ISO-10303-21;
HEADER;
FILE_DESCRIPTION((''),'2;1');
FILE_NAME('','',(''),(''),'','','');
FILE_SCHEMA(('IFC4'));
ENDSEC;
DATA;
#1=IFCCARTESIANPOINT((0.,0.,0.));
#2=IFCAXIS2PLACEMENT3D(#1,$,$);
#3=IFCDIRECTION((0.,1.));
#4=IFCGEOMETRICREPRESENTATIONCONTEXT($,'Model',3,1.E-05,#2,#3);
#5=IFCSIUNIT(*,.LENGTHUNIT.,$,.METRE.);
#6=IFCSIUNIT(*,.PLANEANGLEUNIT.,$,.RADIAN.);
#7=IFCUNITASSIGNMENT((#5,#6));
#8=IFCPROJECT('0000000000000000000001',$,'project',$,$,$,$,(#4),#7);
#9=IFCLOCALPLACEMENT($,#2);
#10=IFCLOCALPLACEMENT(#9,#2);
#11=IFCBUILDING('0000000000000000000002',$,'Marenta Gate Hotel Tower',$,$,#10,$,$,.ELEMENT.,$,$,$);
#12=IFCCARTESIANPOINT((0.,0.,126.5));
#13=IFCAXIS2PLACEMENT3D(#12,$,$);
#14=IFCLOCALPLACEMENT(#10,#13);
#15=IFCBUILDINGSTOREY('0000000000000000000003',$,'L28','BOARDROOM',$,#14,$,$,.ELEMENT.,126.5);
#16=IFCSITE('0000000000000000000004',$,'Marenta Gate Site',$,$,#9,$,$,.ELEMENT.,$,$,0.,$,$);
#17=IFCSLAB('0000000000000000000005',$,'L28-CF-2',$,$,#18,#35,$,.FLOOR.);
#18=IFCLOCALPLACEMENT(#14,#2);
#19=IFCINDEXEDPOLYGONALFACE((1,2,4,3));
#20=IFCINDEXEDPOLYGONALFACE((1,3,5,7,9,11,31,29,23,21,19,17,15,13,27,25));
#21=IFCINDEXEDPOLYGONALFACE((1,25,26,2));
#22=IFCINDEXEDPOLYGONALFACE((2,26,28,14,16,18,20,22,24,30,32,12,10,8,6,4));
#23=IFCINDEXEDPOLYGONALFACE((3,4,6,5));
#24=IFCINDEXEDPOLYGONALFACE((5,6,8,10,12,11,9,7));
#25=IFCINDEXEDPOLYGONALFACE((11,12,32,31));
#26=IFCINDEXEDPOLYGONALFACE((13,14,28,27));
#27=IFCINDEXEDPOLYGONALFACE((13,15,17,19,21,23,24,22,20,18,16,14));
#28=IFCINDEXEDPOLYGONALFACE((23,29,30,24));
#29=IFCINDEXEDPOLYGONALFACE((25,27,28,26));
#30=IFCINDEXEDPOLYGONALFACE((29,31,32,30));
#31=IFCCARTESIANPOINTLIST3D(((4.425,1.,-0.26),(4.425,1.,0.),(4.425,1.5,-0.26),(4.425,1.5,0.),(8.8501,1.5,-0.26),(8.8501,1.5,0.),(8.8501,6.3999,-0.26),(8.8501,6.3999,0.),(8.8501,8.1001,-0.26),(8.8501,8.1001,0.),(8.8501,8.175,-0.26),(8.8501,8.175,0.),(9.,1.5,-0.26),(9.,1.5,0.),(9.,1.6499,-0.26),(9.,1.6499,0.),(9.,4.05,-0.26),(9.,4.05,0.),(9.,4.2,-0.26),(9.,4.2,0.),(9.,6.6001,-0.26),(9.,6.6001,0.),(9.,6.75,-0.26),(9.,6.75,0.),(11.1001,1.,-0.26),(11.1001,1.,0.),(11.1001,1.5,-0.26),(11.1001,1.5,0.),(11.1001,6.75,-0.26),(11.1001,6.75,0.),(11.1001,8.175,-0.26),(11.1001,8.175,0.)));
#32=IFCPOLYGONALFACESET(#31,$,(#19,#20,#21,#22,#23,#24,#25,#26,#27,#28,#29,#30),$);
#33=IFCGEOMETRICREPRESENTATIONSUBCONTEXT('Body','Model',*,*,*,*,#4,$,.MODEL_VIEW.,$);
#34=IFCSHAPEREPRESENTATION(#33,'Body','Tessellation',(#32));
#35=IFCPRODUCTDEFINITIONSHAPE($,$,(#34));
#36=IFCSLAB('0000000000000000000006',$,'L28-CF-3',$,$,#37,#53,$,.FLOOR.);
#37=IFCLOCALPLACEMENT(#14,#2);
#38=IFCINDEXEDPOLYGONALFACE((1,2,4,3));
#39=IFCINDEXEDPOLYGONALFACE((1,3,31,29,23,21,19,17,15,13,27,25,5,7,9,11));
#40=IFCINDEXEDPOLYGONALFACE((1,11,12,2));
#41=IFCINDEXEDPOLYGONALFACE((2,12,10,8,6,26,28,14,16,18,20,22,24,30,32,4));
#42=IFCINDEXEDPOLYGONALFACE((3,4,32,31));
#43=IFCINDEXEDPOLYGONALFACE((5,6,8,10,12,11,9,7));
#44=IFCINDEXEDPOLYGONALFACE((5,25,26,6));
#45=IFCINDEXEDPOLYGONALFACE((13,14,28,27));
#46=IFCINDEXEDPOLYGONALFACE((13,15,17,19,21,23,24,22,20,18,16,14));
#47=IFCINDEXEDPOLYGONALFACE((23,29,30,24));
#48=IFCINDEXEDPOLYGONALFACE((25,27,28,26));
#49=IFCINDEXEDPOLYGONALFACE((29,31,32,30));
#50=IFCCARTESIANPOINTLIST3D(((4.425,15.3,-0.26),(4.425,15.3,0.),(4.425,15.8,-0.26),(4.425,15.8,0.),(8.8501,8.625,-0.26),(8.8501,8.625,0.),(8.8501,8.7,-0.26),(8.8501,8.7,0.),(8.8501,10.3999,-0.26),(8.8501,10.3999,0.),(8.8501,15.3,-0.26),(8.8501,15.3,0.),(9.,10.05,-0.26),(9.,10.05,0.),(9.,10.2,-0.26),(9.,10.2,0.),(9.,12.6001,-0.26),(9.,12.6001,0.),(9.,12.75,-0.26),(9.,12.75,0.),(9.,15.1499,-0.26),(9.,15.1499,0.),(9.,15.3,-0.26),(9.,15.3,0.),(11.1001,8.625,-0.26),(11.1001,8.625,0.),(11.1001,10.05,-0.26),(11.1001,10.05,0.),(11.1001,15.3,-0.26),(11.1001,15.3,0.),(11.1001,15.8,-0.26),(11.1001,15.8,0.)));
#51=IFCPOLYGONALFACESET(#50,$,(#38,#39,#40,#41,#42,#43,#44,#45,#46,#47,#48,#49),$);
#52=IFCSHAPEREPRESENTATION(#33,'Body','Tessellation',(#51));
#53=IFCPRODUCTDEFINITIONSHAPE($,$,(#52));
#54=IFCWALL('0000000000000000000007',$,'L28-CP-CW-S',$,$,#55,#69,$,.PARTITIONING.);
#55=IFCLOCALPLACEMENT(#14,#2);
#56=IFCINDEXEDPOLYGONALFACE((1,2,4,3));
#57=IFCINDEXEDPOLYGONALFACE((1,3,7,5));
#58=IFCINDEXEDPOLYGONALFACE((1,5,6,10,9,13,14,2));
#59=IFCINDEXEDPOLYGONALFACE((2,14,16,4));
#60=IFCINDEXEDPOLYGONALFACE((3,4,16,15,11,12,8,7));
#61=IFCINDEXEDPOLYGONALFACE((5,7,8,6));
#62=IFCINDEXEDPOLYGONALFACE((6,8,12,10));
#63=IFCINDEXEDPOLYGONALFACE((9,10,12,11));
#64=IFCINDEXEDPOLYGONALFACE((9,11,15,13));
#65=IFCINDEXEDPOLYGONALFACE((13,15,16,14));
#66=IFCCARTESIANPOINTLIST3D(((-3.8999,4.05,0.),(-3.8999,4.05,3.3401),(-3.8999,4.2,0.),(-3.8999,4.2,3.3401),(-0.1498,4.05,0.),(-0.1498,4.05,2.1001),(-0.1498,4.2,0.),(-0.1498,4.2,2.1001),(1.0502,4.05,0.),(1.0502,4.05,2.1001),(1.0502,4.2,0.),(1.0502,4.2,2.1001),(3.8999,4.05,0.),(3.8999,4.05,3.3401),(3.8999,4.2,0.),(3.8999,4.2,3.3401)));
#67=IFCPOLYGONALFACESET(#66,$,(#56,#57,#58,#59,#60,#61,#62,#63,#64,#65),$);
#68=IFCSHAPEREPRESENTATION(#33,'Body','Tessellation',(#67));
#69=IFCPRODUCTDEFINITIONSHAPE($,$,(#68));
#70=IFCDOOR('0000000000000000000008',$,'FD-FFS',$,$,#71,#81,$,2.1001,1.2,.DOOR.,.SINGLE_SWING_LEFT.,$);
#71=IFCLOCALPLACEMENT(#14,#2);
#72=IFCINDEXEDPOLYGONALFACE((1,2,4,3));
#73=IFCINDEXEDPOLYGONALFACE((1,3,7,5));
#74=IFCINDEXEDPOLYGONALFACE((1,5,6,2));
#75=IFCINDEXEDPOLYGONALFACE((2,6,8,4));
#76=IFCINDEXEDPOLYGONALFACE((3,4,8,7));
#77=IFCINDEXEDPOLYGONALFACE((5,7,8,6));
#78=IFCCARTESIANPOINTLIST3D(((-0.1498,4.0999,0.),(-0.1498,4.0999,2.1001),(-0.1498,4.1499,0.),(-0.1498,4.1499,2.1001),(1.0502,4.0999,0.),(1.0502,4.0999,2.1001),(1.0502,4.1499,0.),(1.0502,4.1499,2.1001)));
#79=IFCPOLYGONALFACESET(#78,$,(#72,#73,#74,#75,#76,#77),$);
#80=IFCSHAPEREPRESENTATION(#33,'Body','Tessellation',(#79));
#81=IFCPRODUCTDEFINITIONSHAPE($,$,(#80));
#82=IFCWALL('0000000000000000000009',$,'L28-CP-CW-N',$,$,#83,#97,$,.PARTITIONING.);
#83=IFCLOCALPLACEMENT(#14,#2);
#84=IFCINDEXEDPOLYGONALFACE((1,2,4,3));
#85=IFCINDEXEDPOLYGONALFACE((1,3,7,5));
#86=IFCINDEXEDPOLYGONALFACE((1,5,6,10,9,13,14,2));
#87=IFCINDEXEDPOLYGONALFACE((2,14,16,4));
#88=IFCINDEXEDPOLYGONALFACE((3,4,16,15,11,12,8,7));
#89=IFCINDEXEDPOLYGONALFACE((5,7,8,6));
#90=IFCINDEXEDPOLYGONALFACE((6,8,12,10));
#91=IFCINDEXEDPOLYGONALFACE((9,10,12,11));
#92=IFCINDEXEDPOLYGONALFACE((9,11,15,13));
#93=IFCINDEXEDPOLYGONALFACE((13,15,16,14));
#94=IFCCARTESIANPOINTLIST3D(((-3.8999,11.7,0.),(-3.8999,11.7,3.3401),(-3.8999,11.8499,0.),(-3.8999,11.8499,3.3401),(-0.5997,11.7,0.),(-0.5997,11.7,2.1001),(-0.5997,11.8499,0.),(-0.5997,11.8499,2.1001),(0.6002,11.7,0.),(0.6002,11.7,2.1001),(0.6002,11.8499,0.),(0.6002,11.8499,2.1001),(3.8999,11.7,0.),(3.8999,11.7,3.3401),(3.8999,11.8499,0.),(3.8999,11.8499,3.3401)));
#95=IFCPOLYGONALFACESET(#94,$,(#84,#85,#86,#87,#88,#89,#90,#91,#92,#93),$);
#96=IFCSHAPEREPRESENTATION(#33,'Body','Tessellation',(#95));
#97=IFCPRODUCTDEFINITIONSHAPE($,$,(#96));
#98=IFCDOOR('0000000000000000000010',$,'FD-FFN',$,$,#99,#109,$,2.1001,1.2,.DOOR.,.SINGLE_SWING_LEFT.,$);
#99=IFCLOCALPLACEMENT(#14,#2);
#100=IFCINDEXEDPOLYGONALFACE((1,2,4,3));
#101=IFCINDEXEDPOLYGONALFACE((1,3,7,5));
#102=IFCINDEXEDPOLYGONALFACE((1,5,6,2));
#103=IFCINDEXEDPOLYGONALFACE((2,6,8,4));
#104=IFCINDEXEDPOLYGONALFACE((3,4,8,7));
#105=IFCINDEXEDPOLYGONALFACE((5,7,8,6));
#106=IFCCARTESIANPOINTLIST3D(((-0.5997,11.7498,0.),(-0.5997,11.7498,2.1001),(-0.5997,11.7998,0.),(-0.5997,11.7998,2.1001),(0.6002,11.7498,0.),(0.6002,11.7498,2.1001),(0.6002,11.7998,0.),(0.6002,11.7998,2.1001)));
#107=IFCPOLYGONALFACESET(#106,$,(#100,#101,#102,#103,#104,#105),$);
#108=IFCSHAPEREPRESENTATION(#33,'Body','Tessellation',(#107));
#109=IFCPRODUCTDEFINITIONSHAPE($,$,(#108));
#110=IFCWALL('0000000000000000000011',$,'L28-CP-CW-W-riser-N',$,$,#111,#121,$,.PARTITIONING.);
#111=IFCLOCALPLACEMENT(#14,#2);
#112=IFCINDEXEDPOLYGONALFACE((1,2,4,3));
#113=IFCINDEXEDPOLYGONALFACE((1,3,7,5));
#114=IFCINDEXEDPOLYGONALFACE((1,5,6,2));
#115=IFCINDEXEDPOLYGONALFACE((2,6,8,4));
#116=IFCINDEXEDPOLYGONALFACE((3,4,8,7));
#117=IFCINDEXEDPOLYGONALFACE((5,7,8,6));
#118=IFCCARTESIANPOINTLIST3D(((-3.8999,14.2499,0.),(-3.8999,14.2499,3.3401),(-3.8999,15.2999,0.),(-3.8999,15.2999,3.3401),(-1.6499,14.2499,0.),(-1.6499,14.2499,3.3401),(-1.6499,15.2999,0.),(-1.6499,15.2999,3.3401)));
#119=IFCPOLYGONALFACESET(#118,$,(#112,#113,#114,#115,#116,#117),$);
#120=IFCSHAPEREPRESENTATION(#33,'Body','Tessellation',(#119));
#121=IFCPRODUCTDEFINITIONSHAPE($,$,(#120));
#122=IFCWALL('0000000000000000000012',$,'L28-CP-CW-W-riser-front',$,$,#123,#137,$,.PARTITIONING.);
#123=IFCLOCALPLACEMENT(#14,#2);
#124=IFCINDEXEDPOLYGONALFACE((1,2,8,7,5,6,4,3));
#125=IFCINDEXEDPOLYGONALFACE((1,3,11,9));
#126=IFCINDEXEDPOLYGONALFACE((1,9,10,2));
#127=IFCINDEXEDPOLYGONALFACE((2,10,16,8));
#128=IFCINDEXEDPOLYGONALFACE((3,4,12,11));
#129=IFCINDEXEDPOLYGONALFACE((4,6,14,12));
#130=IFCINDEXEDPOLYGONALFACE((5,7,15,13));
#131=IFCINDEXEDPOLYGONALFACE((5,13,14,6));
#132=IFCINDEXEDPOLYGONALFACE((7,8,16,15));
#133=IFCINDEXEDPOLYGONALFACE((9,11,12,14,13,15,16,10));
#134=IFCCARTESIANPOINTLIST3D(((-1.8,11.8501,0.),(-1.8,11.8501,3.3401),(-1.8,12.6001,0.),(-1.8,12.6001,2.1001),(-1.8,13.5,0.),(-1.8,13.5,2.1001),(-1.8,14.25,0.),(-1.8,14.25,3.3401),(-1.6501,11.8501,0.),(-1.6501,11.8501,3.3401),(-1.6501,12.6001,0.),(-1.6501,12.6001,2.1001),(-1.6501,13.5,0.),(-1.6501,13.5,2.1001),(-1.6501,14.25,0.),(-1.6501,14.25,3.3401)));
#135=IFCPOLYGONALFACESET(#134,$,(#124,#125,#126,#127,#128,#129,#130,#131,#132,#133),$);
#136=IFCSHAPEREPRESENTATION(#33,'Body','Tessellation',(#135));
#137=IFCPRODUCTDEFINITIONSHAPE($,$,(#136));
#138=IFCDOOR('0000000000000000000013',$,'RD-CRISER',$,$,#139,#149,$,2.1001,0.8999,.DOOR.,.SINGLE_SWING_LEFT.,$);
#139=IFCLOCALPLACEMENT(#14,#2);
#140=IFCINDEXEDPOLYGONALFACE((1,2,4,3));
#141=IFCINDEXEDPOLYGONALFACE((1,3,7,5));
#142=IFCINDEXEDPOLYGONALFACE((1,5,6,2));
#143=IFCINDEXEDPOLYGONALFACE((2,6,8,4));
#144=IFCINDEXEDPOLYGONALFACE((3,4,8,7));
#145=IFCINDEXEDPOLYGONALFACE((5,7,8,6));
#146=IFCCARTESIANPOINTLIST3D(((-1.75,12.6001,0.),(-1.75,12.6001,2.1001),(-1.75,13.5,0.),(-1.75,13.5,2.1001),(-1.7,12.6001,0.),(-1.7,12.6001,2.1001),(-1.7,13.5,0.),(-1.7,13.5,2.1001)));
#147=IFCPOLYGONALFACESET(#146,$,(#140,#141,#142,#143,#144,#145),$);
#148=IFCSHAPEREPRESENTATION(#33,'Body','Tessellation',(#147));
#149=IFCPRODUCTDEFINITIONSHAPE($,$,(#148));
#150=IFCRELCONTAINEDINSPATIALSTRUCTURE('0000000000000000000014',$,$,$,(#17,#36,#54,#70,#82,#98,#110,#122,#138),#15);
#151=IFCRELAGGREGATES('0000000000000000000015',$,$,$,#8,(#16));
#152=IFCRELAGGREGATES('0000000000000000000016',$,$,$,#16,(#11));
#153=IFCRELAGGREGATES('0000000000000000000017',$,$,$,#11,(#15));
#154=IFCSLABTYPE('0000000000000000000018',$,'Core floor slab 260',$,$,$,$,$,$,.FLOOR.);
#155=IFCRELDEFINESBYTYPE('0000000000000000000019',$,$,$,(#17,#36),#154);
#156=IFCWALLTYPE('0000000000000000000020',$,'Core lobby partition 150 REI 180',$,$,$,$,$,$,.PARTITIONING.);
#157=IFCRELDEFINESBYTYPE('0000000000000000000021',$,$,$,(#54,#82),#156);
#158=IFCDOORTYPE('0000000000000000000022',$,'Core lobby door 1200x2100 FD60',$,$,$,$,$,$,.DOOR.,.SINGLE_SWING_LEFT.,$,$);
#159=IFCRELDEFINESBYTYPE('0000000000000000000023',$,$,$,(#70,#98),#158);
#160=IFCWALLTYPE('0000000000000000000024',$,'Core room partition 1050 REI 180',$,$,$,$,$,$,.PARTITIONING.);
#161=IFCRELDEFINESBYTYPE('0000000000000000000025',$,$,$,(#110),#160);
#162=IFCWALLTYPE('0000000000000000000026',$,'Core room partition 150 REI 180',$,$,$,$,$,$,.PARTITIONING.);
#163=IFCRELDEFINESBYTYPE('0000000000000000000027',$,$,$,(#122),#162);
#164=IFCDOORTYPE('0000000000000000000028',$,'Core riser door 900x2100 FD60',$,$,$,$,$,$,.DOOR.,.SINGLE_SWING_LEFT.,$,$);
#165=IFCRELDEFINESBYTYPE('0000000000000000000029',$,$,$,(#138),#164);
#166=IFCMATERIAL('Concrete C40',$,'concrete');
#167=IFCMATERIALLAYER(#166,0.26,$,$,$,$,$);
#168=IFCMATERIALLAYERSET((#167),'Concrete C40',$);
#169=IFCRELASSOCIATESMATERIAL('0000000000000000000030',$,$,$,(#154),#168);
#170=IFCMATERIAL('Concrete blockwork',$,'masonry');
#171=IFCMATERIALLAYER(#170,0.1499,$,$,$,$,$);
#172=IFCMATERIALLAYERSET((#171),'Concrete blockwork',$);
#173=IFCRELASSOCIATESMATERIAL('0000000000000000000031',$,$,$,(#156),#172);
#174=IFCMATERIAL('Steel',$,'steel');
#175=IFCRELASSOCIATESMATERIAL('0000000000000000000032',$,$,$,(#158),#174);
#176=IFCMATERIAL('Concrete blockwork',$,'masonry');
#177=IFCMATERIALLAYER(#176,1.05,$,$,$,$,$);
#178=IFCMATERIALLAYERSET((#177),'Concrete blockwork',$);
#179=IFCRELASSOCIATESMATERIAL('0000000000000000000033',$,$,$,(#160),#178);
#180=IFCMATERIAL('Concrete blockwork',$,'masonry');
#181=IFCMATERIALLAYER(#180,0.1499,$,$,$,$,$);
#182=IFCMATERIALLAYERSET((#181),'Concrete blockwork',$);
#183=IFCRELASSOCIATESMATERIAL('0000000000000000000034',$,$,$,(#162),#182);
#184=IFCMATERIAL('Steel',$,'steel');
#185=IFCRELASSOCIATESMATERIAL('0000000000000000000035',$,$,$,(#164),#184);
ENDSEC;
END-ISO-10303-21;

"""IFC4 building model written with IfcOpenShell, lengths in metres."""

from ifc_helpers import new_model, si_unit, direction, frame, frame_2d, origin, place, context, subcontext, project, spatial, polyline, rectangle, outline, extrude, material, layer, layer_set, type_object, element, fill, save


model = new_model("IFC4")

# Units and contexts
model_context = context("Model", 3, precision=1e-05, world=origin(), true_north=direction((0.0, 1.0)))
body_context = subcontext(model_context, "Body", "Model", "MODEL_VIEW")
ifc_project = project(units=[si_unit("LENGTHUNIT", "METRE"), si_unit("PLANEANGLEUNIT", "RADIAN")], contexts=[model_context])

# Site, building, storey
site_placement = place(None, origin())
site = spatial("IfcSite", under=ifc_project, at=site_placement, Name="Marenta Gate Site", CompositionType="ELEMENT", RefElevation=0.0)
building_placement = place(site_placement, origin())
building = spatial("IfcBuilding", under=site, at=building_placement, Name="Marenta Gate Hotel Tower", CompositionType="ELEMENT")
storey_placement = place(building_placement, frame((0.0, 0.0, 126.5)))
storey = spatial("IfcBuildingStorey", under=building, at=storey_placement, Name="L28", Description="BOARDROOM", CompositionType="ELEMENT", Elevation=126.5)

# Slabs
ifc_material_1 = material(Name="Concrete C40", Category="concrete")
ifc_layer_1 = layer(ifc_material_1, 0.26)
ifc_layer_set_1 = layer_set([ifc_layer_1], Name="Concrete C40")
slab_type = type_object("IfcSlabType", Name="Core floor slab 260", PredefinedType="FLOOR", material=ifc_layer_set_1)
slab_1_placement = place(storey_placement, frame((0.0, 0.0, -0.26)))
element("IfcSlab", 1, at=slab_1_placement, inside=storey, type_object=slab_type, Name="L28-CF-2", PredefinedType="FLOOR", context=body_context, shape_type="SweptSolid", body=[
    extrude(outline(polyline([(8.8501, 1.5), (8.8501, 6.3999), (8.8501, 8.1001), (8.8501, 8.175), (11.1001, 8.175), (11.1001, 6.75), (9.0, 6.75), (9.0, 6.6001), (9.0, 4.2), (9.0, 4.05), (9.0, 1.6499), (9.0, 1.5), (11.1001, 1.5), (11.1001, 1.0), (4.425, 1.0), (4.425, 1.5), (8.8501, 1.5)])), origin(), (0.0, 0.0, 1.0), 0.26),
])
slab_2_placement = place(storey_placement, frame((0.0, 0.0, -0.26)))
element("IfcSlab", 2, at=slab_2_placement, inside=storey, type_object=slab_type, Name="L28-CF-3", PredefinedType="FLOOR", context=body_context, shape_type="SweptSolid", body=[
    extrude(outline(polyline([(8.8501, 15.3), (4.425, 15.3), (4.425, 15.8), (11.1001, 15.8), (11.1001, 15.3), (9.0, 15.3), (9.0, 15.1499), (9.0, 12.75), (9.0, 12.6001), (9.0, 10.2), (9.0, 10.05), (11.1001, 10.05), (11.1001, 8.625), (8.8501, 8.625), (8.8501, 8.7), (8.8501, 10.3999), (8.8501, 15.3)])), origin(), (0.0, 0.0, 1.0), 0.26),
])

# Walls, openings, doors
ifc_material_2 = material(Name="Concrete blockwork", Category="masonry")
ifc_layer_2 = layer(ifc_material_2, 0.1499)
ifc_layer_set_2 = layer_set([ifc_layer_2], Name="Concrete blockwork")
wall_type_1 = type_object("IfcWallType", Name="Core lobby partition 150 REI 180", PredefinedType="PARTITIONING", material=ifc_layer_set_2)
wall_1_placement = place(storey_placement, frame((-3.8999, 4.125, 0.0), z_axis=(0.0, 0.0, 1.0), x_axis=(1.0, 0.0, 0.0)))
wall_1 = element("IfcWall", 3, at=wall_1_placement, inside=storey, type_object=wall_type_1, Name="L28-CP-CW-S", PredefinedType="PARTITIONING", context=body_context, shape_type="SweptSolid", body=[
    extrude(rectangle(XDim=7.7998, YDim=0.1499, at=frame_2d((3.8999, 0.0))), origin(), (0.0, 0.0, 1.0), 3.3401),
])
opening_1_placement = place(wall_1_placement, frame((3.75, 0.0, 0.0)))
opening_1 = element("IfcOpeningElement", 4, at=opening_1_placement, cuts=wall_1, PredefinedType="OPENING", context=body_context, shape_type="SweptSolid", body=[
    extrude(rectangle(XDim=1.2, YDim=2.1001, at=frame_2d((0.6001, 1.05))), frame((0.0, 0.075, 0.0), z_axis=(0.0, -1.0, 0.0), x_axis=(1.0, 0.0, 0.0)), (0.0, 0.0, 1.0), 0.1499),
])
ifc_material_3 = material(Name="Steel", Category="steel")
door_type_1 = type_object("IfcDoorType", Name="Core lobby door 1200x2100 FD60", OperationType="SINGLE_SWING_LEFT", PredefinedType="DOOR", material=ifc_material_3)
door_1_placement = place(opening_1_placement, origin())
door_1 = element("IfcDoor", 5, at=door_1_placement, inside=storey, type_object=door_type_1, Name="FD-FFS", OperationType="SINGLE_SWING_LEFT", OverallHeight=2.1001, OverallWidth=1.2, PredefinedType="DOOR", context=body_context, shape_type="SweptSolid", body=[
    extrude(rectangle(XDim=1.2, YDim=2.1001, at=frame_2d((0.6001, 1.05))), frame((0.0, 0.0249, 0.0), z_axis=(0.0, -1.0, 0.0), x_axis=(1.0, 0.0, 0.0)), (0.0, 0.0, 1.0), 0.05),
])
fill(opening_1, door_1)
wall_2_placement = place(storey_placement, frame((-3.8999, 11.7749, 0.0), z_axis=(0.0, 0.0, 1.0), x_axis=(1.0, 0.0, 0.0)))
wall_2 = element("IfcWall", 6, at=wall_2_placement, inside=storey, type_object=wall_type_1, Name="L28-CP-CW-N", PredefinedType="PARTITIONING", context=body_context, shape_type="SweptSolid", body=[
    extrude(rectangle(XDim=7.7998, YDim=0.1499, at=frame_2d((3.8999, 0.0))), origin(), (0.0, 0.0, 1.0), 3.3401),
])
opening_2_placement = place(wall_2_placement, frame((3.3, 0.0, 0.0)))
opening_2 = element("IfcOpeningElement", 7, at=opening_2_placement, cuts=wall_2, PredefinedType="OPENING", context=body_context, shape_type="SweptSolid", body=[
    extrude(rectangle(XDim=1.2, YDim=2.1001, at=frame_2d((0.6001, 1.05))), frame((0.0, 0.075, 0.0), z_axis=(0.0, -1.0, 0.0), x_axis=(1.0, 0.0, 0.0)), (0.0, 0.0, 1.0), 0.1499),
])
door_2_placement = place(opening_2_placement, origin())
door_2 = element("IfcDoor", 8, at=door_2_placement, inside=storey, type_object=door_type_1, Name="FD-FFN", OperationType="SINGLE_SWING_LEFT", OverallHeight=2.1001, OverallWidth=1.2, PredefinedType="DOOR", context=body_context, shape_type="SweptSolid", body=[
    extrude(rectangle(XDim=1.2, YDim=2.1001, at=frame_2d((0.6001, 1.05))), frame((0.0, 0.0249, 0.0), z_axis=(0.0, -1.0, 0.0), x_axis=(1.0, 0.0, 0.0)), (0.0, 0.0, 1.0), 0.05),
])
fill(opening_2, door_2)

# Wall
ifc_material_4 = material(Name="Concrete blockwork", Category="masonry")
ifc_layer_3 = layer(ifc_material_4, 1.05)
ifc_layer_set_3 = layer_set([ifc_layer_3], Name="Concrete blockwork")
wall_type_2 = type_object("IfcWallType", Name="Core room partition 1050 REI 180", PredefinedType="PARTITIONING", material=ifc_layer_set_3)
wall_3_placement = place(storey_placement, frame((-3.8999, 14.7749, 0.0), z_axis=(0.0, 0.0, 1.0), x_axis=(1.0, 0.0, 0.0)))
element("IfcWall", 9, at=wall_3_placement, inside=storey, type_object=wall_type_2, Name="L28-CP-CW-W-riser-N", PredefinedType="PARTITIONING", context=body_context, shape_type="SweptSolid", body=[
    extrude(rectangle(XDim=2.25, YDim=1.05, at=frame_2d((1.125, 0.0))), origin(), (0.0, 0.0, 1.0), 3.3401),
])

# Wall, opening, door
ifc_material_5 = material(Name="Concrete blockwork", Category="masonry")
ifc_layer_4 = layer(ifc_material_5, 0.1499)
ifc_layer_set_4 = layer_set([ifc_layer_4], Name="Concrete blockwork")
wall_type_3 = type_object("IfcWallType", Name="Core room partition 150 REI 180", PredefinedType="PARTITIONING", material=ifc_layer_set_4)
wall_4_placement = place(storey_placement, frame((-1.7251, 11.8501, 0.0), z_axis=(0.0, 0.0, 1.0), x_axis=(0.0, 1.0, 0.0)))
wall_4 = element("IfcWall", 10, at=wall_4_placement, inside=storey, type_object=wall_type_3, Name="L28-CP-CW-W-riser-front", PredefinedType="PARTITIONING", context=body_context, shape_type="SweptSolid", body=[
    extrude(rectangle(XDim=2.3999, YDim=0.1499, at=frame_2d((1.2, 0.0))), origin(), (0.0, 0.0, 1.0), 3.3401),
])
opening_3_placement = place(wall_4_placement, frame((0.75, 0.0, 0.0)))
opening_3 = element("IfcOpeningElement", 11, at=opening_3_placement, cuts=wall_4, PredefinedType="OPENING", context=body_context, shape_type="SweptSolid", body=[
    extrude(rectangle(XDim=0.8999, YDim=2.1001, at=frame_2d((0.45, 1.05))), frame((0.0, 0.075, 0.0), z_axis=(0.0, -1.0, 0.0), x_axis=(1.0, 0.0, 0.0)), (0.0, 0.0, 1.0), 0.1499),
])
ifc_material_6 = material(Name="Steel", Category="steel")
door_type_2 = type_object("IfcDoorType", Name="Core riser door 900x2100 FD60", OperationType="SINGLE_SWING_LEFT", PredefinedType="DOOR", material=ifc_material_6)
door_3_placement = place(opening_3_placement, origin())
door_3 = element("IfcDoor", 12, at=door_3_placement, inside=storey, type_object=door_type_2, Name="RD-CRISER", OperationType="SINGLE_SWING_LEFT", OverallHeight=2.1001, OverallWidth=0.8999, PredefinedType="DOOR", context=body_context, shape_type="SweptSolid", body=[
    extrude(rectangle(XDim=0.8999, YDim=2.1001, at=frame_2d((0.45, 1.05))), frame((0.0, 0.0249, 0.0), z_axis=(0.0, -1.0, 0.0), x_axis=(1.0, 0.0, 0.0)), (0.0, 0.0, 1.0), 0.05),
])
fill(opening_3, door_3)

save(model, "model.ifc")
